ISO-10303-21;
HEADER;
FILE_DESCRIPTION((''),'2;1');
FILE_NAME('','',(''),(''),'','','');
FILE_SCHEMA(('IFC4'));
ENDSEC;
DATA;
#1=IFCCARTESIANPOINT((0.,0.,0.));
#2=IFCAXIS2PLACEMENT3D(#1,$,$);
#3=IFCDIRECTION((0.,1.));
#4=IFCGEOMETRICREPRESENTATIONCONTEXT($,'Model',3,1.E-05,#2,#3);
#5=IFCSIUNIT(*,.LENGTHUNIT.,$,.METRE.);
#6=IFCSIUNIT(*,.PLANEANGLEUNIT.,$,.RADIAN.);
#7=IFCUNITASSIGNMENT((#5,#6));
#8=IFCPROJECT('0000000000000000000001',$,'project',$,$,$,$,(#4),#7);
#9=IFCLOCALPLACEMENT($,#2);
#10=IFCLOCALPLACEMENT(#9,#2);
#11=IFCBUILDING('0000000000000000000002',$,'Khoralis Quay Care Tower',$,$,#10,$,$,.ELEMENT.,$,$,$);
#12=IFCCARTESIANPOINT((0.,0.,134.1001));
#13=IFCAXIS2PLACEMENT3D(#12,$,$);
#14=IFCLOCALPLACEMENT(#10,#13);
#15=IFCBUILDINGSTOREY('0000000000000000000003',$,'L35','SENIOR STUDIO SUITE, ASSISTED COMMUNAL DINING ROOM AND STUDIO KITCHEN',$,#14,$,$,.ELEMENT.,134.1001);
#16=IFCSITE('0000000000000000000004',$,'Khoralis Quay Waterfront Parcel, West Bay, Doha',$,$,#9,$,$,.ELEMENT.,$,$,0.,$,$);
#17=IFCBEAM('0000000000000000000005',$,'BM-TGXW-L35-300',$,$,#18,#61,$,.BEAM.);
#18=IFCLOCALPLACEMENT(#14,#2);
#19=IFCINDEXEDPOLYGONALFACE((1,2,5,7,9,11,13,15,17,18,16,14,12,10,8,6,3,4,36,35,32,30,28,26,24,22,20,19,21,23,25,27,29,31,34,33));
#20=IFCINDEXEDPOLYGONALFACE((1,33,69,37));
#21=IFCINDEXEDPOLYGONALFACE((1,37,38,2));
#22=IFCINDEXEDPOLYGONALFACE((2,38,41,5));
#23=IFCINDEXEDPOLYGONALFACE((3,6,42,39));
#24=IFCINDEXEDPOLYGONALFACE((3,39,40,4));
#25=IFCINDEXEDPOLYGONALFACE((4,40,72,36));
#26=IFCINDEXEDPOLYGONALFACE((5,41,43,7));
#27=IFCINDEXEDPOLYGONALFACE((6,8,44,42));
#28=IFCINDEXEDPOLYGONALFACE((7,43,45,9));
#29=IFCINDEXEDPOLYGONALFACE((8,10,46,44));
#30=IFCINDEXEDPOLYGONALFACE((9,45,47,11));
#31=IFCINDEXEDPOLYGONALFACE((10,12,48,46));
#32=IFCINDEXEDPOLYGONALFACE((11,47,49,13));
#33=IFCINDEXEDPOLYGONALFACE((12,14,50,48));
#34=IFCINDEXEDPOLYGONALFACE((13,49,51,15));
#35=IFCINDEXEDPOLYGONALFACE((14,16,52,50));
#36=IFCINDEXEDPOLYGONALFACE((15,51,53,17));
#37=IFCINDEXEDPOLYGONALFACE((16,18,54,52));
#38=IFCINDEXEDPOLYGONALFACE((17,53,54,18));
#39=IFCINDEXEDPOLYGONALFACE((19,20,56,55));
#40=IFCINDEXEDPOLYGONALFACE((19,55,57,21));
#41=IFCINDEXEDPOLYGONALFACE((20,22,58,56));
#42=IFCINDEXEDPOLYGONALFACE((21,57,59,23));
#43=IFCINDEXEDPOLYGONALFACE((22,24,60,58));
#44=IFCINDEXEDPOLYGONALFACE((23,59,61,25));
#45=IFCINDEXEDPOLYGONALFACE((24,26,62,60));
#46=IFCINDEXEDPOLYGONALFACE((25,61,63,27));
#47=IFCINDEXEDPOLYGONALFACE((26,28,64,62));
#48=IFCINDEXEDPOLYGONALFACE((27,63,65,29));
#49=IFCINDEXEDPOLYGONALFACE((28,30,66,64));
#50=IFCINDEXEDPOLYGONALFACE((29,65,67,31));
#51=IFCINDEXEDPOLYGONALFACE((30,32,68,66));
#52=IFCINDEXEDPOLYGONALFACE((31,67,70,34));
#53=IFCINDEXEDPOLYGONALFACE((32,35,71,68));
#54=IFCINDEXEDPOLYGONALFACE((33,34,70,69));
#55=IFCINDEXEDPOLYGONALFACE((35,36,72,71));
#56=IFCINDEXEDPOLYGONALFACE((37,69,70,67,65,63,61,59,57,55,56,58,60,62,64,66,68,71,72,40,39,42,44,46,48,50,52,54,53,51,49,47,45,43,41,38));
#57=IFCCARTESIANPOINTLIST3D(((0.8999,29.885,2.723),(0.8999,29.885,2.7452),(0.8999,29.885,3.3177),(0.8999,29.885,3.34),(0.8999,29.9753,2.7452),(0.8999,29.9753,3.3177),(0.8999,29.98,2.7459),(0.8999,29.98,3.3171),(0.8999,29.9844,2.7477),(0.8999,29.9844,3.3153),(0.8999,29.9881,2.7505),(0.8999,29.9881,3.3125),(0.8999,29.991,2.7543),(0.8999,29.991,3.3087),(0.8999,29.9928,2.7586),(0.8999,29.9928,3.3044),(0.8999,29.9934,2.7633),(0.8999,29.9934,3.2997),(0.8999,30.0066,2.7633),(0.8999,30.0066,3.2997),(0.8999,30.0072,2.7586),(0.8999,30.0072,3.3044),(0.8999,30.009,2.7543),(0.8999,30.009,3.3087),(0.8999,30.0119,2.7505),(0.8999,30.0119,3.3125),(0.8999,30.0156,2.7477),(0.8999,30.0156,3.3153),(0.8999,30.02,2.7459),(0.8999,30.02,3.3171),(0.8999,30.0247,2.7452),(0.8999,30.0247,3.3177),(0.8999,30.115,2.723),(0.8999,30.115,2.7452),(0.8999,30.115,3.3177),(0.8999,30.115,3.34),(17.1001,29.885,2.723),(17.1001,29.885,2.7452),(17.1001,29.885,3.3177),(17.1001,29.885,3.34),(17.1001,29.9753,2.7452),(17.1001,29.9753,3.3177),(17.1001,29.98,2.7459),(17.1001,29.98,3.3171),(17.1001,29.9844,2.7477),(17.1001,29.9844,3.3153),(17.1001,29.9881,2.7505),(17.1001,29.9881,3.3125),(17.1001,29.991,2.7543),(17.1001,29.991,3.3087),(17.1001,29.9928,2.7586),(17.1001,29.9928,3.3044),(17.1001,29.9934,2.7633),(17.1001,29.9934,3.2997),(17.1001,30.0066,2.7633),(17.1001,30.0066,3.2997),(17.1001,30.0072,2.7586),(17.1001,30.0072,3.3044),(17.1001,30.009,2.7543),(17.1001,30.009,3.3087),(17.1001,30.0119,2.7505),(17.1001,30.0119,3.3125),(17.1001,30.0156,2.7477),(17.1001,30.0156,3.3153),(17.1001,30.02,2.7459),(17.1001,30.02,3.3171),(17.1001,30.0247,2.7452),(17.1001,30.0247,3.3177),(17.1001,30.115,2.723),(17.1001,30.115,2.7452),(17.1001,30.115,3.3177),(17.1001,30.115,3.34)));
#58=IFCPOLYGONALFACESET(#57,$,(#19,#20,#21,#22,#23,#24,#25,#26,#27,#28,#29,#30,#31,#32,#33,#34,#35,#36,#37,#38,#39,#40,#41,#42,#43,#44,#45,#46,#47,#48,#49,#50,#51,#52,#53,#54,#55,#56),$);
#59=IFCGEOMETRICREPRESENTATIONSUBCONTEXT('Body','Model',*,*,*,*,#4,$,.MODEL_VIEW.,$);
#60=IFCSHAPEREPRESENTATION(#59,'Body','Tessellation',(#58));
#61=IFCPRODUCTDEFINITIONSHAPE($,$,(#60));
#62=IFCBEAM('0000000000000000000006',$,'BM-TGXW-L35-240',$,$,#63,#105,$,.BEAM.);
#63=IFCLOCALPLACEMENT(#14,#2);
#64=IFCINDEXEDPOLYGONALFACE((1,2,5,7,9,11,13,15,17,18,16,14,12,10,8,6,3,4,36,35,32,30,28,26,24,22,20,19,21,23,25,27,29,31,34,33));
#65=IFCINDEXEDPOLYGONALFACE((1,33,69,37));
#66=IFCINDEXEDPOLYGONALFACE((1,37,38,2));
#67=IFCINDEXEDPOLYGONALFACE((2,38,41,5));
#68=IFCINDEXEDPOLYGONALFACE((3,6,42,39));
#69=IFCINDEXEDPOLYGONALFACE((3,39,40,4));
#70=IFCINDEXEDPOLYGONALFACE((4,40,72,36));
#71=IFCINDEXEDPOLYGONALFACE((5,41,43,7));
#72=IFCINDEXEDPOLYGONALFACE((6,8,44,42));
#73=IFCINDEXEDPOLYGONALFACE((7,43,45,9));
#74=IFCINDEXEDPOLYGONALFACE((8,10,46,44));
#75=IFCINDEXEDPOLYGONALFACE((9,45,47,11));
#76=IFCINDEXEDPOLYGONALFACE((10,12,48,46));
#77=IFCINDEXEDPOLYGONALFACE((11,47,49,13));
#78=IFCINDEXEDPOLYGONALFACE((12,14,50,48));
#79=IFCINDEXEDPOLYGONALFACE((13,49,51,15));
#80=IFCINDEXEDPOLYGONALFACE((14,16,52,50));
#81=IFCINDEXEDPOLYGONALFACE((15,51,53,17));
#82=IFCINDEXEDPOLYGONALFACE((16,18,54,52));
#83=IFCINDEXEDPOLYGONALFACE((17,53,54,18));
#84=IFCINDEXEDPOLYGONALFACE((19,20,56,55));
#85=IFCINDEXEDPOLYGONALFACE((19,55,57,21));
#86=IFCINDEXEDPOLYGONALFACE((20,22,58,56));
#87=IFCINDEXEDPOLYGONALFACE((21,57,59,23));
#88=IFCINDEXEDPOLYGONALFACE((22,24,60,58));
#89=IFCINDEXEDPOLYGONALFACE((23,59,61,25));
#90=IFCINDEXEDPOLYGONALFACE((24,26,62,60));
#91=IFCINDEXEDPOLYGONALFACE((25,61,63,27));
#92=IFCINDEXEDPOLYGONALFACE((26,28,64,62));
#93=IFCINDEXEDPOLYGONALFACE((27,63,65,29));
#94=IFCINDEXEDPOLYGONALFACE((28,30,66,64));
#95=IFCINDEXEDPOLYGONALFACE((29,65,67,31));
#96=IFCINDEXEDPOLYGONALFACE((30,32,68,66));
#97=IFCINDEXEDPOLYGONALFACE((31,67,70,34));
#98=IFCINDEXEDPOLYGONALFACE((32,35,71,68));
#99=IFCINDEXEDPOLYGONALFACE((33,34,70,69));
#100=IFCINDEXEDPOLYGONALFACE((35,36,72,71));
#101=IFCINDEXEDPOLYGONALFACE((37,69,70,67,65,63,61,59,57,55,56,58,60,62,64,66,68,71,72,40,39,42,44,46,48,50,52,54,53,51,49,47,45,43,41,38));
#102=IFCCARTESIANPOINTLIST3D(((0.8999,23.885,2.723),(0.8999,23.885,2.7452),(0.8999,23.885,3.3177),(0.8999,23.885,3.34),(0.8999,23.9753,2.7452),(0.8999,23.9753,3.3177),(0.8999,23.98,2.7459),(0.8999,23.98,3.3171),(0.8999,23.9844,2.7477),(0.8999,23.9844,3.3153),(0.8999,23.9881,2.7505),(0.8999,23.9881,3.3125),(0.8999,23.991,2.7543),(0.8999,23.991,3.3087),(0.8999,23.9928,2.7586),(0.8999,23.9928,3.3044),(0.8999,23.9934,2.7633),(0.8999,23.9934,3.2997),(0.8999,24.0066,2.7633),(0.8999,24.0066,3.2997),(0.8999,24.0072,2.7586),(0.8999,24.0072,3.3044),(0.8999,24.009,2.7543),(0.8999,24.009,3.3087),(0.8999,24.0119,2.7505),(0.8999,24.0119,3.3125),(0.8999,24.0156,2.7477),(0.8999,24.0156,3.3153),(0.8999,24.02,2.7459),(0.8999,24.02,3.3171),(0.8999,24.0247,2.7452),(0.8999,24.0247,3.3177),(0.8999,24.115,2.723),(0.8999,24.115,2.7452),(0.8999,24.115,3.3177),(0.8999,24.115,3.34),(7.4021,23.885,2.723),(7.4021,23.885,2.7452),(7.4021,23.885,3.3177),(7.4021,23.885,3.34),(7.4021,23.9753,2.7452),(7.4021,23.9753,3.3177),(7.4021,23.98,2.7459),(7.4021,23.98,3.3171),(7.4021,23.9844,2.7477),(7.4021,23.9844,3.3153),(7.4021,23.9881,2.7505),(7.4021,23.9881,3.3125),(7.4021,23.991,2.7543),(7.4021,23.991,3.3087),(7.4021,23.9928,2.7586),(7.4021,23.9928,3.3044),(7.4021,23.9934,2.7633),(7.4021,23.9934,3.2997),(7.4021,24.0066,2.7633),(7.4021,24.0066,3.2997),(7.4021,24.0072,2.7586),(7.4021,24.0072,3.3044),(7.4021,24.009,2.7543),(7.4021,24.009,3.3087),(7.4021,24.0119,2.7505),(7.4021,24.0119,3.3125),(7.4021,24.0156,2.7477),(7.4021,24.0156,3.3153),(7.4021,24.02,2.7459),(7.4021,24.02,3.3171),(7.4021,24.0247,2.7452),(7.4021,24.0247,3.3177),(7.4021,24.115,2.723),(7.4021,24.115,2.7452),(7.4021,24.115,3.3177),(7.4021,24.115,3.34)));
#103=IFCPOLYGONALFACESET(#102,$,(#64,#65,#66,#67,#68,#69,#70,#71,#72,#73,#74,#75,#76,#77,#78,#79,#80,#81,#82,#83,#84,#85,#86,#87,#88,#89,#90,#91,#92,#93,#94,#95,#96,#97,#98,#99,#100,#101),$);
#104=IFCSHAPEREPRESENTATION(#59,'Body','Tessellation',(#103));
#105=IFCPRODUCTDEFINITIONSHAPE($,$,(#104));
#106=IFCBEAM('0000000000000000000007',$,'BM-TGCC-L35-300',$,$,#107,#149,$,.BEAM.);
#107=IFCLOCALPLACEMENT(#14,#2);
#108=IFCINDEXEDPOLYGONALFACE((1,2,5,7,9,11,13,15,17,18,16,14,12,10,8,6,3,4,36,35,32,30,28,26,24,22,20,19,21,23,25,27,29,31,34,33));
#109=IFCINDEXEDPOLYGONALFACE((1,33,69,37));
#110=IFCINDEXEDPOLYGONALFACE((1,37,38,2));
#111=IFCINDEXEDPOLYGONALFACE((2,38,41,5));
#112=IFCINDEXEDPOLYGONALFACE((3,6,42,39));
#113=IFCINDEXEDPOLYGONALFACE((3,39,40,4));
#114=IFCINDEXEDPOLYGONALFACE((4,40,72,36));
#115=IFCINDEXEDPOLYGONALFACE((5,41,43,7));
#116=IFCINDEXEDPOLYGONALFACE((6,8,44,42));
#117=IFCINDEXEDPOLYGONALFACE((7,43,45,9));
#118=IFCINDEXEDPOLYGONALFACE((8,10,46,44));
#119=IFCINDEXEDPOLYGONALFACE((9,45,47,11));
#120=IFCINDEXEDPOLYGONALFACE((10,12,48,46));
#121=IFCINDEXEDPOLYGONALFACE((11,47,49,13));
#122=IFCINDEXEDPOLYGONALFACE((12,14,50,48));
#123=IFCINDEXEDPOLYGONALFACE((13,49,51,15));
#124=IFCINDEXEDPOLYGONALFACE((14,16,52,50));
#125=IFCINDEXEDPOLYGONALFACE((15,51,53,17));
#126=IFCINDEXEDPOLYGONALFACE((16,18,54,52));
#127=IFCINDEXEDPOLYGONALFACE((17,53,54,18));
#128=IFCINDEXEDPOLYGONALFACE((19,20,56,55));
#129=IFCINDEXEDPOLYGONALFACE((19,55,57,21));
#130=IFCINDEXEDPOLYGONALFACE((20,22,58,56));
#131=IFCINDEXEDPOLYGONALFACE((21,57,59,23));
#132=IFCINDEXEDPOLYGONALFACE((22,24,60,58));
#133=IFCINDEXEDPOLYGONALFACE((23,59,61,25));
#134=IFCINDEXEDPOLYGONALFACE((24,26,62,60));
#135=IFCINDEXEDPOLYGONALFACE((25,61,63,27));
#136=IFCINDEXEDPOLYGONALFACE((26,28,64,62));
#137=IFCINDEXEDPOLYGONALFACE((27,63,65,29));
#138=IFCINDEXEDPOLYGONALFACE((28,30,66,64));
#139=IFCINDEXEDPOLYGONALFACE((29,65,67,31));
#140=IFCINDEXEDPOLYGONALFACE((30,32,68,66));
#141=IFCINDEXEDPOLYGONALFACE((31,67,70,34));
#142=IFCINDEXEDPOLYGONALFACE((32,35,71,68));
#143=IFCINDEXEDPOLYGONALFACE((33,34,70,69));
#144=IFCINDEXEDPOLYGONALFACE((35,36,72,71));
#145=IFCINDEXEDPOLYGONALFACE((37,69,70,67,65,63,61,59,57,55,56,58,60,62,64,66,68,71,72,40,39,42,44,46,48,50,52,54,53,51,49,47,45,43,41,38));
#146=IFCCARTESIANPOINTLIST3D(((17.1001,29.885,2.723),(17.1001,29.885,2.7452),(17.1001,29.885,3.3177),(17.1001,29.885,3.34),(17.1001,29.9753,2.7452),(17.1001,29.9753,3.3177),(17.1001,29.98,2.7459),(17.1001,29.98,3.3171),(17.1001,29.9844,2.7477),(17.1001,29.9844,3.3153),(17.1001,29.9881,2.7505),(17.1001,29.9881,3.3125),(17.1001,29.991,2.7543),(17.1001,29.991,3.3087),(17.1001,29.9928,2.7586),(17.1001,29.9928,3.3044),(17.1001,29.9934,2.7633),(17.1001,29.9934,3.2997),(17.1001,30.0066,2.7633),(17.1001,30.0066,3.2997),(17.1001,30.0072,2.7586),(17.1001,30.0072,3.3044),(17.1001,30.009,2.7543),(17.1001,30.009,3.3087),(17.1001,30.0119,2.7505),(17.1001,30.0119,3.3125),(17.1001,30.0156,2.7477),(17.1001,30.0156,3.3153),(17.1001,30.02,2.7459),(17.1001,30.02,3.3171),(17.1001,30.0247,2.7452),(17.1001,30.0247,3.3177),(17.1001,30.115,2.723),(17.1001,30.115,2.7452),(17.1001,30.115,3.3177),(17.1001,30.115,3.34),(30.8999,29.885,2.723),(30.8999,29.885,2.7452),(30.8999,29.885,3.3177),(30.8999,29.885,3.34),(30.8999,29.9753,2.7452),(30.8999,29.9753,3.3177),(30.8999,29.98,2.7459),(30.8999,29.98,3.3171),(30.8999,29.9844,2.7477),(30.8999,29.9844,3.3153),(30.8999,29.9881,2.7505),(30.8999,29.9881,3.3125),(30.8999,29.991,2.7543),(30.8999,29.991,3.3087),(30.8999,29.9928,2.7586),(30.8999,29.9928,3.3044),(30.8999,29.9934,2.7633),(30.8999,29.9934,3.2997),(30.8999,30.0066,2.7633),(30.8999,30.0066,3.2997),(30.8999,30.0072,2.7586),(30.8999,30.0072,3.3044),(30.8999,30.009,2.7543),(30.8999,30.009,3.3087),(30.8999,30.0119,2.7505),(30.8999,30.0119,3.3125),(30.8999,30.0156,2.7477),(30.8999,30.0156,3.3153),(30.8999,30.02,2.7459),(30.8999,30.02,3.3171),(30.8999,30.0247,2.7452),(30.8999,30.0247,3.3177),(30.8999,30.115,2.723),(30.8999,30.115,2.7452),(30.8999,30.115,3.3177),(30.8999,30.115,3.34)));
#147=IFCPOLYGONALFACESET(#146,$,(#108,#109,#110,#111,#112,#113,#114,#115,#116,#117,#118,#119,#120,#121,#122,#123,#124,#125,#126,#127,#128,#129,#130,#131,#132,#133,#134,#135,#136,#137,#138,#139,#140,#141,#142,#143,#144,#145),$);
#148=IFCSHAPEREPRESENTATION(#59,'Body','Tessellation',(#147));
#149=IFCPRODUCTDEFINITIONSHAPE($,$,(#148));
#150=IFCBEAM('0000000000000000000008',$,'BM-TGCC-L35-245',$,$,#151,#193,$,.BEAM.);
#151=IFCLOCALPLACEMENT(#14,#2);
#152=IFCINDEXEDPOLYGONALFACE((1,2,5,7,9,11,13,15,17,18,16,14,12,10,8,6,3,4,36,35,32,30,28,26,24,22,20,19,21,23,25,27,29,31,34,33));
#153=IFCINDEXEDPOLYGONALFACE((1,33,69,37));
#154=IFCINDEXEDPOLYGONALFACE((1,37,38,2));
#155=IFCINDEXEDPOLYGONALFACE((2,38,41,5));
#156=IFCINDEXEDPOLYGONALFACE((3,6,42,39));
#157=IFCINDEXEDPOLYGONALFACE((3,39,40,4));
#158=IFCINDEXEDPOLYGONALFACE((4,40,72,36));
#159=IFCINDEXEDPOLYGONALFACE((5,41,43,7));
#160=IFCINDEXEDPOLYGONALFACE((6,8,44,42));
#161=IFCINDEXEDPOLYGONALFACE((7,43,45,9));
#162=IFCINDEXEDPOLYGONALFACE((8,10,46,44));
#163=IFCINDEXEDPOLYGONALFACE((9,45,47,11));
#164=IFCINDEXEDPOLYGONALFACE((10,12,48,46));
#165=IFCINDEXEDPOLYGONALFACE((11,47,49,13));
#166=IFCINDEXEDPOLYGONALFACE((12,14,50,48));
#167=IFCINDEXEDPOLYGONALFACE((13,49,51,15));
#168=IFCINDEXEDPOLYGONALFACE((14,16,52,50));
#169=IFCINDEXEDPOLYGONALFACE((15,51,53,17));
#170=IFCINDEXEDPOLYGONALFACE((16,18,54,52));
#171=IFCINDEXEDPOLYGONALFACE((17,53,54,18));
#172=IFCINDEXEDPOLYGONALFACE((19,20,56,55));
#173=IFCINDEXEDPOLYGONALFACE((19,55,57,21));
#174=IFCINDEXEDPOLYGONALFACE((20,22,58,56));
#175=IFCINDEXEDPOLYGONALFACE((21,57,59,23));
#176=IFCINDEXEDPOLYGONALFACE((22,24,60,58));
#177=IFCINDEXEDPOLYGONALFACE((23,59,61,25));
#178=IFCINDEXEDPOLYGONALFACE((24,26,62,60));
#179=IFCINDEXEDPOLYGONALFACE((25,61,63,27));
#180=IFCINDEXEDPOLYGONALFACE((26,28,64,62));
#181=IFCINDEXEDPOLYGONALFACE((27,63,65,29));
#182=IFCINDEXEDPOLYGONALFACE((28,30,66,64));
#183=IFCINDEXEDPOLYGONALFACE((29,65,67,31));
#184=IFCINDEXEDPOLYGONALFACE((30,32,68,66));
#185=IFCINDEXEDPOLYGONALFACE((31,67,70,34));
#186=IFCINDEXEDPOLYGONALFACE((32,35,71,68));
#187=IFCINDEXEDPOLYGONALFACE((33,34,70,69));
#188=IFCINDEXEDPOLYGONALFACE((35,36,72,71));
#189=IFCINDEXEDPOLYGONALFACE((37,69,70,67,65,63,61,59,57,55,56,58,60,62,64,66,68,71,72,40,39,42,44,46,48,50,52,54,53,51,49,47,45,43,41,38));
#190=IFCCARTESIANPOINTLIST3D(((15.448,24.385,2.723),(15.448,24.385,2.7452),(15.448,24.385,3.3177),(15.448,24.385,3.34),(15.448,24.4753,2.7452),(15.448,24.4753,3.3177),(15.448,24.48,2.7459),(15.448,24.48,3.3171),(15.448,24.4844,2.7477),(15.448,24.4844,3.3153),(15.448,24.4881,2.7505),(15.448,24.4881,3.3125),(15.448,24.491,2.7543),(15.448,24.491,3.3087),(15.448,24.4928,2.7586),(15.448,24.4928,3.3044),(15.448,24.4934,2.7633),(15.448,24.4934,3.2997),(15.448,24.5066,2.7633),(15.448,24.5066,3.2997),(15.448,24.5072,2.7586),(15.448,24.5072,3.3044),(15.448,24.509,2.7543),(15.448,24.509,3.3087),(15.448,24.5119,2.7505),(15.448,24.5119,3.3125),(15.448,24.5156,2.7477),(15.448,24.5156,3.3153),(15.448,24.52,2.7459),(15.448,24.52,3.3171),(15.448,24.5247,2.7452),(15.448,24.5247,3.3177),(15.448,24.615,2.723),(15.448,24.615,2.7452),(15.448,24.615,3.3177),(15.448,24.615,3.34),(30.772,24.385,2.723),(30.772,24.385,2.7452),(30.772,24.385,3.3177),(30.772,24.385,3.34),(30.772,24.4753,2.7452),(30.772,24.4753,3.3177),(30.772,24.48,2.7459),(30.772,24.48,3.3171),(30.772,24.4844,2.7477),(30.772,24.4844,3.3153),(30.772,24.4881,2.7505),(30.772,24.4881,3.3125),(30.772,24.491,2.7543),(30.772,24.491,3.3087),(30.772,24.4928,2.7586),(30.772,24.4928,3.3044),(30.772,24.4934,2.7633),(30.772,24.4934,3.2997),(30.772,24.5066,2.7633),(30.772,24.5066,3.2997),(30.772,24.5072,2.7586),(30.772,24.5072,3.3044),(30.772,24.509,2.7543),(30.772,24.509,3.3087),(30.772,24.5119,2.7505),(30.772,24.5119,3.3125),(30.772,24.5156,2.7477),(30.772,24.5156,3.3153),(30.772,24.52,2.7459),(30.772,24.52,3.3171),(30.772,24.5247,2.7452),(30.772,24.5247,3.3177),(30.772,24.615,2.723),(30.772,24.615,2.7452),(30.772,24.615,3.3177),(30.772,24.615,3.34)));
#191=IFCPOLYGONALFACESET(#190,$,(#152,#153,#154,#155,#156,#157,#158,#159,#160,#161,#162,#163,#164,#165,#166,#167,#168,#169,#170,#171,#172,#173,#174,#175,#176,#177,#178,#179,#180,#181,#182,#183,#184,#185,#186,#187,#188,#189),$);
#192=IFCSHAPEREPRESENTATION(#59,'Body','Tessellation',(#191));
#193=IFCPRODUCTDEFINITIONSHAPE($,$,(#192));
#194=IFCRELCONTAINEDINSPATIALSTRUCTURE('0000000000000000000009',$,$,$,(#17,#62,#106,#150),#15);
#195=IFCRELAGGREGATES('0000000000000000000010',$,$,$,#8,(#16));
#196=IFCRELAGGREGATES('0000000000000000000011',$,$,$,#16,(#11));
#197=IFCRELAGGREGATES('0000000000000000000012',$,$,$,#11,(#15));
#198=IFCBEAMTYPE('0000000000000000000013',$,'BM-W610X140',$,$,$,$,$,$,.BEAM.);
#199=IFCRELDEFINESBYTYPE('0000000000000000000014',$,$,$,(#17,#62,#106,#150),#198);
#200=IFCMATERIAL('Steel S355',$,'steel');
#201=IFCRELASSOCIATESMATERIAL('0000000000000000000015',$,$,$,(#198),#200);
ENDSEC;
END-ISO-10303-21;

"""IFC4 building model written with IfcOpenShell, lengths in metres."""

from ifc_helpers import new_model, si_unit, direction, frame, origin, origin_2d, place, context, subcontext, project, spatial, i_section, extrude, source, transform, mapped, material, material_profile, profile_set, type_object, element, save


model = new_model("IFC4")

# Units and contexts
model_context = context("Model", 3, precision=1e-05, world=origin(), true_north=direction((0.0, 1.0)))
body_context = subcontext(model_context, "Body", "Model", "MODEL_VIEW")
ifc_project = project(units=[si_unit("LENGTHUNIT", "METRE"), si_unit("PLANEANGLEUNIT", "RADIAN")], contexts=[model_context])

# Site, building, storey
site_placement = place(None, origin())
site = spatial("IfcSite", under=ifc_project, at=site_placement, Name="Khoralis Quay Waterfront Parcel, West Bay, Doha", CompositionType="ELEMENT", RefElevation=0.0)
building_placement = place(site_placement, origin())
building = spatial("IfcBuilding", under=site, at=building_placement, Name="Khoralis Quay Care Tower", CompositionType="ELEMENT")
storey_placement = place(building_placement, frame((0.0, 0.0, 134.1001)))
storey = spatial("IfcBuildingStorey", under=building, at=storey_placement, Name="L35", Description="SENIOR STUDIO SUITE, ASSISTED COMMUNAL DINING ROOM AND STUDIO KITCHEN", CompositionType="ELEMENT", Elevation=134.1001)

# Beams
ifc_material_1 = material(Name="Steel S355", Category="steel")
ifc_material_profile_1 = material_profile(ifc_material_1, i_section(OverallWidth=0.23, OverallDepth=0.6169, WebThickness=0.0132, FlangeThickness=0.0222, FilletRadius=0.0181, at=origin_2d()), Name="Steel S355")
ifc_profile_set_1 = profile_set([ifc_material_profile_1], Name="Steel S355")
beam_type_1 = type_object("IfcBeamType", Name="BM-W610X140", PredefinedType="BEAM", material=ifc_profile_set_1)
shared_shape_1 = source(origin(), body_context, "Body", "SweptSolid", [
    extrude(i_section(OverallWidth=0.23, OverallDepth=0.6169, WebThickness=0.0132, FlangeThickness=0.0222, FilletRadius=0.0181, at=origin_2d()), origin(), (0.0, 0.0, 1.0), 16.2002),
])
beam_1_placement = place(storey_placement, frame((0.8999, 30.0, 3.0315), z_axis=(1.0, 0.0, 0.0), x_axis=(0.0, 1.0, 0.0)))
element("IfcBeam", 1, at=beam_1_placement, inside=storey, type_object=beam_type_1, Name="BM-TGXW-L35-300", PredefinedType="BEAM", context=body_context, shape_type="MappedRepresentation", body=[
    mapped(shared_shape_1, transform((0.0, 0.0, 0.0), scale=1.0)),
])
shared_shape_2 = source(origin(), body_context, "Body", "SweptSolid", [
    extrude(i_section(OverallWidth=0.23, OverallDepth=0.6169, WebThickness=0.0132, FlangeThickness=0.0222, FilletRadius=0.0181, at=origin_2d()), origin(), (0.0, 0.0, 1.0), 6.5022),
])
beam_2_placement = place(storey_placement, frame((0.8999, 24.0, 3.0315), z_axis=(1.0, 0.0, 0.0), x_axis=(0.0, 1.0, 0.0)))
element("IfcBeam", 2, at=beam_2_placement, inside=storey, type_object=beam_type_1, Name="BM-TGXW-L35-240", PredefinedType="BEAM", context=body_context, shape_type="MappedRepresentation", body=[
    mapped(shared_shape_2, transform((0.0, 0.0, 0.0), scale=1.0)),
])
shared_shape_3 = source(origin(), body_context, "Body", "SweptSolid", [
    extrude(i_section(OverallWidth=0.23, OverallDepth=0.6169, WebThickness=0.0132, FlangeThickness=0.0222, FilletRadius=0.0181, at=origin_2d()), origin(), (0.0, 0.0, 1.0), 13.7998),
])
beam_3_placement = place(storey_placement, frame((17.1001, 30.0, 3.0315), z_axis=(1.0, 0.0, 0.0), x_axis=(0.0, 1.0, 0.0)))
element("IfcBeam", 3, at=beam_3_placement, inside=storey, type_object=beam_type_1, Name="BM-TGCC-L35-300", PredefinedType="BEAM", context=body_context, shape_type="MappedRepresentation", body=[
    mapped(shared_shape_3, transform((0.0, 0.0, 0.0), scale=1.0)),
])
shared_shape_4 = source(origin(), body_context, "Body", "SweptSolid", [
    extrude(i_section(OverallWidth=0.23, OverallDepth=0.6169, WebThickness=0.0132, FlangeThickness=0.0222, FilletRadius=0.0181, at=origin_2d()), origin(), (0.0, 0.0, 1.0), 15.324),
])
beam_4_placement = place(storey_placement, frame((15.448, 24.5, 3.0315), z_axis=(1.0, 0.0, 0.0), x_axis=(0.0, 1.0, 0.0)))
element("IfcBeam", 4, at=beam_4_placement, inside=storey, type_object=beam_type_1, Name="BM-TGCC-L35-245", PredefinedType="BEAM", context=body_context, shape_type="MappedRepresentation", body=[
    mapped(shared_shape_4, transform((0.0, 0.0, 0.0), scale=1.0)),
])

save(model, "model.ifc")
